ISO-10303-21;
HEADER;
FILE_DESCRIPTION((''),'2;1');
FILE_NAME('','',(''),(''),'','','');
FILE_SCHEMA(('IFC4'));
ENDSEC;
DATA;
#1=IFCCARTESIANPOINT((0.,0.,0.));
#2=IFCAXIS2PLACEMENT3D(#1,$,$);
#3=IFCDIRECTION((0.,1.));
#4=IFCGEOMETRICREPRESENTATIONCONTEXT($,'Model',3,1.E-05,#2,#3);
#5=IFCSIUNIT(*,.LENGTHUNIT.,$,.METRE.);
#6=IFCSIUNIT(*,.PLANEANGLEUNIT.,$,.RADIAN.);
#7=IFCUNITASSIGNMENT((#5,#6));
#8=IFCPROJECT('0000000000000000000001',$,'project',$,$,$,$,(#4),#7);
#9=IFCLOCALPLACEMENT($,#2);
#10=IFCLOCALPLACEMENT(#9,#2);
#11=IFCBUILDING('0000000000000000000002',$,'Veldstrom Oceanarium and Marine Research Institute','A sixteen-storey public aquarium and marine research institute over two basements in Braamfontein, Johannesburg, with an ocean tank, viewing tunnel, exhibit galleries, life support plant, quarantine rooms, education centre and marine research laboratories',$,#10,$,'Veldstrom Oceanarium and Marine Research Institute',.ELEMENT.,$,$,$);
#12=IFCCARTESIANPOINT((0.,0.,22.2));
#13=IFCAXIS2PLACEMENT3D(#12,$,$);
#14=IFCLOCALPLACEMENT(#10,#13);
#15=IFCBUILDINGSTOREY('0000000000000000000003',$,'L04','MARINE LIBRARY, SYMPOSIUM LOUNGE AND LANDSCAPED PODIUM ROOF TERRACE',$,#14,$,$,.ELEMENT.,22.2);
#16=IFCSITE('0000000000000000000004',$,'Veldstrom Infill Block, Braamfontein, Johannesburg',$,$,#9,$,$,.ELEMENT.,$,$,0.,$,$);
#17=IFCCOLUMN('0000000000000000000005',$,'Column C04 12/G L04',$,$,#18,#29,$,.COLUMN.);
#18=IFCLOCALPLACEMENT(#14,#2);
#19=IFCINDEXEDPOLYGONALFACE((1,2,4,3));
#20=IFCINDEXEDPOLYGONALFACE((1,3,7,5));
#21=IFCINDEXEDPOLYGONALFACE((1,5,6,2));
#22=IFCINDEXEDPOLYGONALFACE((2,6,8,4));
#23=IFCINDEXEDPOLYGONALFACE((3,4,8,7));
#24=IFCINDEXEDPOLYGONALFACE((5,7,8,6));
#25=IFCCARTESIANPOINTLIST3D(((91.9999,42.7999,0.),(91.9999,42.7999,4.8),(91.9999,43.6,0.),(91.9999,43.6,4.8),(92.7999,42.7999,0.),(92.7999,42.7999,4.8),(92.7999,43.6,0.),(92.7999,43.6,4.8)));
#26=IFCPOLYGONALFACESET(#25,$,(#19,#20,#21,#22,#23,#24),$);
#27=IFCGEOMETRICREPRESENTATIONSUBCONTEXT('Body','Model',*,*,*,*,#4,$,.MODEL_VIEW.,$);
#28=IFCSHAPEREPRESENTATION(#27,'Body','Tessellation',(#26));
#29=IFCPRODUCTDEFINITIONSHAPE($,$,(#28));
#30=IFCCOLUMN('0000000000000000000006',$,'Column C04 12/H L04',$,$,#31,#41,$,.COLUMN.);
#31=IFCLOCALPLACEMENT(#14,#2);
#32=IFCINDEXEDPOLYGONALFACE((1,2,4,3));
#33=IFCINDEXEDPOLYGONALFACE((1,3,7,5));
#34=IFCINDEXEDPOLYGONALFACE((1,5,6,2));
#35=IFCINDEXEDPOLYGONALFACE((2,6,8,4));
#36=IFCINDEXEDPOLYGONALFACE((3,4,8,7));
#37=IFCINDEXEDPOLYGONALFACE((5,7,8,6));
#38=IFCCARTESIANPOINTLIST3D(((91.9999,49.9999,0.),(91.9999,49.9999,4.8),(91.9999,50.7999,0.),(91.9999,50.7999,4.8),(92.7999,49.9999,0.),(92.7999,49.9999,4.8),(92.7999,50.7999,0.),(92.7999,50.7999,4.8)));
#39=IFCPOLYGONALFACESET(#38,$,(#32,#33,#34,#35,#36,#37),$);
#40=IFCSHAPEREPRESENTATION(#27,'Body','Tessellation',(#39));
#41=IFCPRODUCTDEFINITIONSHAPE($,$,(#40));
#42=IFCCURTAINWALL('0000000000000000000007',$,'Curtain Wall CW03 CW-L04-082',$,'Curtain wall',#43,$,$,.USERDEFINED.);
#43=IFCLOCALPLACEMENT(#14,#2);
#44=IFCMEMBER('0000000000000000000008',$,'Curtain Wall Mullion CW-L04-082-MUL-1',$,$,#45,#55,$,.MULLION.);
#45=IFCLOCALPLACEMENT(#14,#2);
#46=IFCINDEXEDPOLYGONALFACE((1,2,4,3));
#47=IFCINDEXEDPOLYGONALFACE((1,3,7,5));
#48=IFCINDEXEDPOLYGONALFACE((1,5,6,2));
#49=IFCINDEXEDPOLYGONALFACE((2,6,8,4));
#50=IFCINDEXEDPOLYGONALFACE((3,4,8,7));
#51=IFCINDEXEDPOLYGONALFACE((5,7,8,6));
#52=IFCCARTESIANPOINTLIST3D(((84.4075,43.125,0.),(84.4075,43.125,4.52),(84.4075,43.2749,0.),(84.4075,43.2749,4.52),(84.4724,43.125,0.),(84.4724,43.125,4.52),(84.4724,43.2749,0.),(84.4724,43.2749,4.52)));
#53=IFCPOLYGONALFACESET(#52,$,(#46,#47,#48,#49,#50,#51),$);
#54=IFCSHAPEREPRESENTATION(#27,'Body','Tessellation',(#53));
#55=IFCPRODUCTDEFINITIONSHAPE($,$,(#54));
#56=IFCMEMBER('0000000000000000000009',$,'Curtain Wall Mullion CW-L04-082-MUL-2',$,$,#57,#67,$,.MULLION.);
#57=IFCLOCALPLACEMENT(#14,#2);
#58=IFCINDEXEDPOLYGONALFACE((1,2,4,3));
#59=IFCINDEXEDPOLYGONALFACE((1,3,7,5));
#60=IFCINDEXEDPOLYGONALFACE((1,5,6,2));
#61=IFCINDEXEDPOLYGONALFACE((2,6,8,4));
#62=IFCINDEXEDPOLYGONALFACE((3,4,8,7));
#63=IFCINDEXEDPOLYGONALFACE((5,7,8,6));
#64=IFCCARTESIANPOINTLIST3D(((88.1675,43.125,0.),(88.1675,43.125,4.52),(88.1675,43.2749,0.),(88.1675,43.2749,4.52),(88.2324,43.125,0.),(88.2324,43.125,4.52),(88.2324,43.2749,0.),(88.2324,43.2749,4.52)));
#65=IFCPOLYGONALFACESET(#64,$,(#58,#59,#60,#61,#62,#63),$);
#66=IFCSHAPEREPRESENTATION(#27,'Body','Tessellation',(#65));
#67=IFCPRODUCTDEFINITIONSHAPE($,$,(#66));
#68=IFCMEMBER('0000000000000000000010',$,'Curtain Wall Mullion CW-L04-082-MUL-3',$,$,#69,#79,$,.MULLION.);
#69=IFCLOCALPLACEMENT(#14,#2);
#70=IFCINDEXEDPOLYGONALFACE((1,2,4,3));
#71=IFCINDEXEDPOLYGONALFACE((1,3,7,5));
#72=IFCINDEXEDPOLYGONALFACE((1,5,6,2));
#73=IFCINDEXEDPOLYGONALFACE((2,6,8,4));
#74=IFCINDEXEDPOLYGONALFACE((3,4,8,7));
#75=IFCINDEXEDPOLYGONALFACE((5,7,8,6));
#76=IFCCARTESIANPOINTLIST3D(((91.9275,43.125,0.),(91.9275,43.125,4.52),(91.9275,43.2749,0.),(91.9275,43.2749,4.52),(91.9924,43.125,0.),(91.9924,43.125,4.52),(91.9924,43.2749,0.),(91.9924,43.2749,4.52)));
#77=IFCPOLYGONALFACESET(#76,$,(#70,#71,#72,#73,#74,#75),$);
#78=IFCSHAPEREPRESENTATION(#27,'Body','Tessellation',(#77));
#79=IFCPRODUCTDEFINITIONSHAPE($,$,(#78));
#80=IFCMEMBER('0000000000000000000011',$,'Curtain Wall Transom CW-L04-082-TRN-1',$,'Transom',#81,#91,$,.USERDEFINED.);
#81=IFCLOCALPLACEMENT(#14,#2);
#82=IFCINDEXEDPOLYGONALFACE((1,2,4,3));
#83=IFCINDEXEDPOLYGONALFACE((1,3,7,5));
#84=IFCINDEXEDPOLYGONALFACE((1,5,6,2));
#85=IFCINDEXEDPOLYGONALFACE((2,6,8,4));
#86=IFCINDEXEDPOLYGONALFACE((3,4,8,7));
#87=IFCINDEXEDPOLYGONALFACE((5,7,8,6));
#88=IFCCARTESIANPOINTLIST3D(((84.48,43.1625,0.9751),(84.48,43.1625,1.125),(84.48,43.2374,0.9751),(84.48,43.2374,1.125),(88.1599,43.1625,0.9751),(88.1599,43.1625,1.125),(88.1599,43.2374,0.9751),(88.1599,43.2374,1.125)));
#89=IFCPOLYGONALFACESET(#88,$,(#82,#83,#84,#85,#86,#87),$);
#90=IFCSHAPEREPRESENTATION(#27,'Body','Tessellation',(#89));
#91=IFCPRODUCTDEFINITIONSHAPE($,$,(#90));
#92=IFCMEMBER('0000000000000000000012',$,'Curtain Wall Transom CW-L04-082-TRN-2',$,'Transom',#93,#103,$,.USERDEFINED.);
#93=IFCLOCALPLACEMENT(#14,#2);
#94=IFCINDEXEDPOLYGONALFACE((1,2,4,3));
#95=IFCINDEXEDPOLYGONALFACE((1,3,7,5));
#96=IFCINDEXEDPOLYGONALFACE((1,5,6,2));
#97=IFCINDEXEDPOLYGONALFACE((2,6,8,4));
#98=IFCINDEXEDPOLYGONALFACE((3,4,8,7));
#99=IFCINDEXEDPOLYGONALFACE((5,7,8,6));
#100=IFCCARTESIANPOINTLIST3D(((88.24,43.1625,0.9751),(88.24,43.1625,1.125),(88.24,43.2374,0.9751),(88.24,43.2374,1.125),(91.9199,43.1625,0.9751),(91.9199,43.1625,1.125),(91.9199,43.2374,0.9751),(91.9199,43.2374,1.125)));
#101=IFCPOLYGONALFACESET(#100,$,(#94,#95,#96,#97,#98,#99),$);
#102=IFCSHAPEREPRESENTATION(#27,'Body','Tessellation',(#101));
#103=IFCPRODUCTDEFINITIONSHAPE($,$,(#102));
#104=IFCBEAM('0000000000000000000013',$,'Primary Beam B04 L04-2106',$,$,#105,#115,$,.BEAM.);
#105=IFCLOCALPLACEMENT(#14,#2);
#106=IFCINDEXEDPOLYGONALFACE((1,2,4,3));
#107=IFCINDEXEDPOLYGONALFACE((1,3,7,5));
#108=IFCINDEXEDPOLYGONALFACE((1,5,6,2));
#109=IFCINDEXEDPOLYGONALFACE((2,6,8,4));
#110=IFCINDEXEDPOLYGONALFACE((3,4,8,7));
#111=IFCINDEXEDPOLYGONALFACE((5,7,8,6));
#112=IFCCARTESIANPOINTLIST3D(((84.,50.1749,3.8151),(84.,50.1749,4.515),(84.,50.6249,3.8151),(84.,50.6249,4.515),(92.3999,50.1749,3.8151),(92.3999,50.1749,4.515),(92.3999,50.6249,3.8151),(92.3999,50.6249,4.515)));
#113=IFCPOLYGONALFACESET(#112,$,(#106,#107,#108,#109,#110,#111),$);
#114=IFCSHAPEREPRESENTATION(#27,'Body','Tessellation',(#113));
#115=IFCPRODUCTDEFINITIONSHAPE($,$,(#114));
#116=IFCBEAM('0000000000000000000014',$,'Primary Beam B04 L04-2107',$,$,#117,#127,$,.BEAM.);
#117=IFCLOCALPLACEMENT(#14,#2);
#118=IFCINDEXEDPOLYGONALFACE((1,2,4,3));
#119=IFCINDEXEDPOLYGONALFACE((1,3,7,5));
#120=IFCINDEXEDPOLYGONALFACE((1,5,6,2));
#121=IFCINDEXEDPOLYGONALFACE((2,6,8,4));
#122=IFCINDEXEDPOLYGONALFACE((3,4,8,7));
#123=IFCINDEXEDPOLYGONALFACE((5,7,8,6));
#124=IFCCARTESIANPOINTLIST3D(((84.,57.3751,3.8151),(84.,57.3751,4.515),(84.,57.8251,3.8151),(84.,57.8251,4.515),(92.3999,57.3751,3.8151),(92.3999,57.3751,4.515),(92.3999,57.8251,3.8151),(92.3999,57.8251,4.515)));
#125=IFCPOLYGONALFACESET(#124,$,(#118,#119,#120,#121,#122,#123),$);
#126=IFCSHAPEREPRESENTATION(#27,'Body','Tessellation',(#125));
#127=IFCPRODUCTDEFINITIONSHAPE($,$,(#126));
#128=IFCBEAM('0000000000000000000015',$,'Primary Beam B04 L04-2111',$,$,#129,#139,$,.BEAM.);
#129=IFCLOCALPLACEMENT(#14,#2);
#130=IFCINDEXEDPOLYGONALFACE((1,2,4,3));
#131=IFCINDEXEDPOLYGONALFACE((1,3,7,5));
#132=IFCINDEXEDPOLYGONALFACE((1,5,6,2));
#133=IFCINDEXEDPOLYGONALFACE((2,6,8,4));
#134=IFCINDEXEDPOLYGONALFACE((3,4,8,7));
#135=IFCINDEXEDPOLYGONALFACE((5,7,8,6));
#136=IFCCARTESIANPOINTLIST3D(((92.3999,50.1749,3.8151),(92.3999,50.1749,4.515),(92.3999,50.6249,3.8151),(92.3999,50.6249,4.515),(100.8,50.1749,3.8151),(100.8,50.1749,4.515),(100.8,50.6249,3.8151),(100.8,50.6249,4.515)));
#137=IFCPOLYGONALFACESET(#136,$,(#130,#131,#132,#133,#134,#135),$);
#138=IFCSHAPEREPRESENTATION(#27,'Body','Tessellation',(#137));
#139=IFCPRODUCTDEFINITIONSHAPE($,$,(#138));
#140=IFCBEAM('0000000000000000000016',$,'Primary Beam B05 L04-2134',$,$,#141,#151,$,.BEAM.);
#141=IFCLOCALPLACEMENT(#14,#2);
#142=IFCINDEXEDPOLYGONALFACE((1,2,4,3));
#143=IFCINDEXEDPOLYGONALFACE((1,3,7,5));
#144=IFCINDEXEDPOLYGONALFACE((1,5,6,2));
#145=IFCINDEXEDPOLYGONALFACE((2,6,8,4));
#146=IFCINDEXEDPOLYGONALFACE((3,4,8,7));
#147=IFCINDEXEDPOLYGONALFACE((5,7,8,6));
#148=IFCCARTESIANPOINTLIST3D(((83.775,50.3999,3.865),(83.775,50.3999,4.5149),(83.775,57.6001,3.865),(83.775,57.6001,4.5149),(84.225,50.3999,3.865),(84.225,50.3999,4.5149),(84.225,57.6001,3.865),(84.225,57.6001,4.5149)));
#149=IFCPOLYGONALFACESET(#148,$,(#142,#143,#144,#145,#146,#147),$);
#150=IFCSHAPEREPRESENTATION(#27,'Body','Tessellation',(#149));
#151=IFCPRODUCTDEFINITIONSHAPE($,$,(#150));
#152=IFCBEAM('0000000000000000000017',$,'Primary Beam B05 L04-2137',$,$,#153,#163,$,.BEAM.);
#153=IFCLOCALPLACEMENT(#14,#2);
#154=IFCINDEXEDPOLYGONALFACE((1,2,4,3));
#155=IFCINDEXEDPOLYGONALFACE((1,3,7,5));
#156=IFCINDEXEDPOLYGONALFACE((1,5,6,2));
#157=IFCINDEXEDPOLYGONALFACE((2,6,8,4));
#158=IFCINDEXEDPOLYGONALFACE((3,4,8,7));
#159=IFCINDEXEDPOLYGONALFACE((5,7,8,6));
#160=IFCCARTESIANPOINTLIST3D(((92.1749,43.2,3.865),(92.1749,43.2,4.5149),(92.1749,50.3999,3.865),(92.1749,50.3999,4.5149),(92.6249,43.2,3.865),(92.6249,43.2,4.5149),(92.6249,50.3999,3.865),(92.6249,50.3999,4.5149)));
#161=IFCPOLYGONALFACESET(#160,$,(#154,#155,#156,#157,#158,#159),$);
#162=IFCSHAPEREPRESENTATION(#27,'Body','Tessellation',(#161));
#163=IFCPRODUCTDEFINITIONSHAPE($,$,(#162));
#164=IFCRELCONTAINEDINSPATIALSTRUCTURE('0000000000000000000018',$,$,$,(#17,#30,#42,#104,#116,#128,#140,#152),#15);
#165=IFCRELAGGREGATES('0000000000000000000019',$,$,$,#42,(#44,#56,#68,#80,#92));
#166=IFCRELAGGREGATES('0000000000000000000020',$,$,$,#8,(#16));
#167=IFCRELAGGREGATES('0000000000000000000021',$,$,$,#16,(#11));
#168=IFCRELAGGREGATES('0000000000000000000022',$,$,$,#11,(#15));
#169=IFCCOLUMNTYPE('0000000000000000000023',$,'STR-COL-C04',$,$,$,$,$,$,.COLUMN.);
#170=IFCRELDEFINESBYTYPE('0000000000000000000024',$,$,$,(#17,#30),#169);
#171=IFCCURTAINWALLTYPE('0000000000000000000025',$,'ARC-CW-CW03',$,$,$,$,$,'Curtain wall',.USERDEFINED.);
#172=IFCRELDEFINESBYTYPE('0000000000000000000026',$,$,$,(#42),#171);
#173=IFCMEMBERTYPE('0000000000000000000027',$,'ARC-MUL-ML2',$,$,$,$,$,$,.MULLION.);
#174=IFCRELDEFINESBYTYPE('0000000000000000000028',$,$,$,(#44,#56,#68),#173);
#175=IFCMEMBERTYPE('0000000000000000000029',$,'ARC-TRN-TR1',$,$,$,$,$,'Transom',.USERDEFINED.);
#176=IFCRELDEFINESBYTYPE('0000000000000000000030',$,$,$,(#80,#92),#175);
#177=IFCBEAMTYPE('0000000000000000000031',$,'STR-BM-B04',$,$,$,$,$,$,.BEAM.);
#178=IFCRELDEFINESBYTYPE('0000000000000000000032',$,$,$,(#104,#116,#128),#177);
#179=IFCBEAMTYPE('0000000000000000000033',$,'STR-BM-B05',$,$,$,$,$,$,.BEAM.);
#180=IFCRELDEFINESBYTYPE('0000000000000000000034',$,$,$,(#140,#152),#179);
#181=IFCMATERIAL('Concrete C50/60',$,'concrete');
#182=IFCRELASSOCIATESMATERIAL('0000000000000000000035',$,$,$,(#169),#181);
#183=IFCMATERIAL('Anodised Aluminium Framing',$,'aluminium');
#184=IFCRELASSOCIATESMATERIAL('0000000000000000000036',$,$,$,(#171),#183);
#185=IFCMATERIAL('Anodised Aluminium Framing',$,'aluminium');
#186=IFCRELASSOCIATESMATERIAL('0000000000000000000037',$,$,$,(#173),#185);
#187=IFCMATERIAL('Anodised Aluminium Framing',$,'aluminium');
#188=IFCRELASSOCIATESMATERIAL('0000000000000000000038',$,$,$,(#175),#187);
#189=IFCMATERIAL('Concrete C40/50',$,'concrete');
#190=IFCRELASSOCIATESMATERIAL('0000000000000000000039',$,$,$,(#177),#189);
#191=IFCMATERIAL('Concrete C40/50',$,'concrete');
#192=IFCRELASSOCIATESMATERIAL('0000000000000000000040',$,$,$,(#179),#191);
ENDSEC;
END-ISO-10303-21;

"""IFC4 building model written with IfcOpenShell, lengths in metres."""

from ifc_helpers import new_model, si_unit, direction, frame, origin, origin_2d, place, context, subcontext, project, spatial, rectangle, extrude, material, material_profile, profile_set, type_object, element, aggregate, save


model = new_model("IFC4")

# Units and contexts
model_context = context("Model", 3, precision=1e-05, world=origin(), true_north=direction((0.0, 1.0)))
body_context = subcontext(model_context, "Body", "Model", "MODEL_VIEW")
ifc_project = project(units=[si_unit("LENGTHUNIT", "METRE"), si_unit("PLANEANGLEUNIT", "RADIAN")], contexts=[model_context])

# Site, building, storey
site_placement = place(None, origin())
site = spatial("IfcSite", under=ifc_project, at=site_placement, Name="Veldstrom Infill Block, Braamfontein, Johannesburg", CompositionType="ELEMENT", RefElevation=0.0)
building_placement = place(site_placement, origin())
building = spatial("IfcBuilding", under=site, at=building_placement, Name="Veldstrom Oceanarium and Marine Research Institute", Description="A sixteen-storey public aquarium and marine research institute over two basements in Braamfontein, Johannesburg, with an ocean tank, viewing tunnel, exhibit galleries, life support plant, quarantine rooms, education centre and marine research laboratories", LongName="Veldstrom Oceanarium and Marine Research Institute", CompositionType="ELEMENT")
storey_placement = place(building_placement, frame((0.0, 0.0, 22.2)))
storey = spatial("IfcBuildingStorey", under=building, at=storey_placement, Name="L04", Description="MARINE LIBRARY, SYMPOSIUM LOUNGE AND LANDSCAPED PODIUM ROOF TERRACE", CompositionType="ELEMENT", Elevation=22.2)

# Columns
ifc_material_1 = material(Name="Concrete C50/60", Category="concrete")
ifc_material_profile_1 = material_profile(ifc_material_1, rectangle(XDim=0.8, YDim=0.8, at=origin_2d()), Name="RC-COL-800x800")
ifc_profile_set_1 = profile_set([ifc_material_profile_1], Name="Concrete C50/60")
column_type = type_object("IfcColumnType", Name="STR-COL-C04", PredefinedType="COLUMN", material=ifc_profile_set_1)
for number, where, z_axis, x_axis, name in (
    (1, (92.3999, 43.2, 0.0), (0.0, 0.0, 1.0), (1.0, 0.0, 0.0), "Column C04 12/G L04"),
    (2, (92.3999, 50.3999, 0.0), (0.0, 0.0, 1.0), (1.0, 0.0, 0.0), "Column C04 12/H L04"),
):
    element("IfcColumn", number, at=place(storey_placement, frame(where, z_axis=z_axis, x_axis=x_axis)), inside=storey, type_object=column_type, Name=name, PredefinedType="COLUMN", context=body_context, shape_type="SweptSolid", body=[
        extrude(rectangle(XDim=0.8, YDim=0.8, at=origin_2d()), origin(), (0.0, 0.0, 1.0), 4.8),
    ])

# Curtain wall, members
ifc_material_2 = material(Name="Anodised Aluminium Framing", Category="aluminium")
curtain_wall_type = type_object("IfcCurtainWallType", Name="ARC-CW-CW03", ElementType="Curtain wall", PredefinedType="USERDEFINED", material=ifc_material_2)
curtain_wall_placement = place(storey_placement, origin())
curtain_wall = element("IfcCurtainWall", 3, at=curtain_wall_placement, inside=storey, type_object=curtain_wall_type, Name="Curtain Wall CW03 CW-L04-082", ObjectType="Curtain wall", PredefinedType="USERDEFINED")
ifc_material_3 = material(Name="Anodised Aluminium Framing", Category="aluminium")
ifc_material_profile_2 = material_profile(ifc_material_3, rectangle(XDim=0.0649, YDim=0.1499, at=origin_2d()), Name="ALU-MUL-65x150")
ifc_profile_set_2 = profile_set([ifc_material_profile_2], Name="Anodised Aluminium Framing")
member_type_1 = type_object("IfcMemberType", Name="ARC-MUL-ML2", PredefinedType="MULLION", material=ifc_profile_set_2)
member_1_placement = place(storey_placement, frame((84.4399, 43.2, 0.0), z_axis=(0.0, 0.0, 1.0), x_axis=(1.0, 0.0, 0.0)))
member_1 = element("IfcMember", 4, at=member_1_placement, type_object=member_type_1, Name="Curtain Wall Mullion CW-L04-082-MUL-1", PredefinedType="MULLION", context=body_context, shape_type="SweptSolid", body=[
    extrude(rectangle(XDim=0.0649, YDim=0.1499, at=origin_2d()), origin(), (0.0, 0.0, 1.0), 4.52),
])
member_2_placement = place(storey_placement, frame((88.2, 43.2, 0.0), z_axis=(0.0, 0.0, 1.0), x_axis=(1.0, 0.0, 0.0)))
member_2 = element("IfcMember", 5, at=member_2_placement, type_object=member_type_1, Name="Curtain Wall Mullion CW-L04-082-MUL-2", PredefinedType="MULLION", context=body_context, shape_type="SweptSolid", body=[
    extrude(rectangle(XDim=0.0649, YDim=0.1499, at=origin_2d()), origin(), (0.0, 0.0, 1.0), 4.52),
])
member_3_placement = place(storey_placement, frame((91.96, 43.2, 0.0), z_axis=(0.0, 0.0, 1.0), x_axis=(1.0, 0.0, 0.0)))
member_3 = element("IfcMember", 6, at=member_3_placement, type_object=member_type_1, Name="Curtain Wall Mullion CW-L04-082-MUL-3", PredefinedType="MULLION", context=body_context, shape_type="SweptSolid", body=[
    extrude(rectangle(XDim=0.0649, YDim=0.1499, at=origin_2d()), origin(), (0.0, 0.0, 1.0), 4.52),
])
ifc_material_4 = material(Name="Anodised Aluminium Framing", Category="aluminium")
ifc_material_profile_3 = material_profile(ifc_material_4, rectangle(XDim=0.075, YDim=0.1499, at=origin_2d()), Name="ALU-TRN-75x150")
ifc_profile_set_3 = profile_set([ifc_material_profile_3], Name="Anodised Aluminium Framing")
member_type_2 = type_object("IfcMemberType", Name="ARC-TRN-TR1", ElementType="Transom", PredefinedType="USERDEFINED", material=ifc_profile_set_3)
member_4_placement = place(storey_placement, frame((84.48, 43.2, 1.05), z_axis=(1.0, 0.0, 0.0), x_axis=(0.0, 1.0, 0.0)))
member_4 = element("IfcMember", 7, at=member_4_placement, type_object=member_type_2, Name="Curtain Wall Transom CW-L04-082-TRN-1", ObjectType="Transom", PredefinedType="USERDEFINED", context=body_context, shape_type="SweptSolid", body=[
    extrude(rectangle(XDim=0.075, YDim=0.1499, at=origin_2d()), origin(), (0.0, 0.0, 1.0), 3.6799),
])
member_5_placement = place(storey_placement, frame((88.24, 43.2, 1.05), z_axis=(1.0, 0.0, 0.0), x_axis=(0.0, 1.0, 0.0)))
member_5 = element("IfcMember", 8, at=member_5_placement, type_object=member_type_2, Name="Curtain Wall Transom CW-L04-082-TRN-2", ObjectType="Transom", PredefinedType="USERDEFINED", context=body_context, shape_type="SweptSolid", body=[
    extrude(rectangle(XDim=0.075, YDim=0.1499, at=origin_2d()), origin(), (0.0, 0.0, 1.0), 3.6799),
])

# Beams
ifc_material_5 = material(Name="Concrete C40/50", Category="concrete")
ifc_material_profile_4 = material_profile(ifc_material_5, rectangle(XDim=0.45, YDim=0.7, at=origin_2d()), Name="RC-BM-450x700")
ifc_profile_set_4 = profile_set([ifc_material_profile_4], Name="Concrete C40/50")
beam_type_1 = type_object("IfcBeamType", Name="STR-BM-B04", PredefinedType="BEAM", material=ifc_profile_set_4)
for number, where, z_axis, x_axis, name in (
    (9, (84.0, 50.3999, 4.165), (1.0, 0.0, 0.0), (0.0, 1.0, 0.0), "Primary Beam B04 L04-2106"),
    (10, (84.0, 57.6001, 4.165), (1.0, 0.0, 0.0), (0.0, 1.0, 0.0), "Primary Beam B04 L04-2107"),
):
    element("IfcBeam", number, at=place(storey_placement, frame(where, z_axis=z_axis, x_axis=x_axis)), inside=storey, type_object=beam_type_1, Name=name, PredefinedType="BEAM", context=body_context, shape_type="SweptSolid", body=[
        extrude(rectangle(XDim=0.45, YDim=0.7, at=origin_2d()), origin(), (0.0, 0.0, 1.0), 8.3999),
    ])
beam_1_placement = place(storey_placement, frame((92.3999, 50.3999, 4.165), z_axis=(1.0, 0.0, 0.0), x_axis=(0.0, 1.0, 0.0)))
element("IfcBeam", 11, at=beam_1_placement, inside=storey, type_object=beam_type_1, Name="Primary Beam B04 L04-2111", PredefinedType="BEAM", context=body_context, shape_type="SweptSolid", body=[
    extrude(rectangle(XDim=0.45, YDim=0.7, at=origin_2d()), origin(), (0.0, 0.0, 1.0), 8.4001),
])
ifc_material_6 = material(Name="Concrete C40/50", Category="concrete")
ifc_material_profile_5 = material_profile(ifc_material_6, rectangle(XDim=0.45, YDim=0.6499, at=origin_2d()), Name="RC-BM-450x650")
ifc_profile_set_5 = profile_set([ifc_material_profile_5], Name="Concrete C40/50")
beam_type_2 = type_object("IfcBeamType", Name="STR-BM-B05", PredefinedType="BEAM", material=ifc_profile_set_5)
beam_2_placement = place(storey_placement, frame((84.0, 50.3999, 4.1899), z_axis=(0.0, 1.0, 0.0), x_axis=(-1.0, 0.0, 0.0)))
element("IfcBeam", 12, at=beam_2_placement, inside=storey, type_object=beam_type_2, Name="Primary Beam B05 L04-2134", PredefinedType="BEAM", context=body_context, shape_type="SweptSolid", body=[
    extrude(rectangle(XDim=0.45, YDim=0.6499, at=origin_2d()), origin(), (0.0, 0.0, 1.0), 7.2002),
])
beam_3_placement = place(storey_placement, frame((92.3999, 43.2, 4.1899), z_axis=(0.0, 1.0, 0.0), x_axis=(-1.0, 0.0, 0.0)))
element("IfcBeam", 13, at=beam_3_placement, inside=storey, type_object=beam_type_2, Name="Primary Beam B05 L04-2137", PredefinedType="BEAM", context=body_context, shape_type="SweptSolid", body=[
    extrude(rectangle(XDim=0.45, YDim=0.6499, at=origin_2d()), origin(), (0.0, 0.0, 1.0), 7.2),
])

aggregate(curtain_wall, [member_1, member_2, member_3, member_4, member_5])

save(model, "model.ifc")
